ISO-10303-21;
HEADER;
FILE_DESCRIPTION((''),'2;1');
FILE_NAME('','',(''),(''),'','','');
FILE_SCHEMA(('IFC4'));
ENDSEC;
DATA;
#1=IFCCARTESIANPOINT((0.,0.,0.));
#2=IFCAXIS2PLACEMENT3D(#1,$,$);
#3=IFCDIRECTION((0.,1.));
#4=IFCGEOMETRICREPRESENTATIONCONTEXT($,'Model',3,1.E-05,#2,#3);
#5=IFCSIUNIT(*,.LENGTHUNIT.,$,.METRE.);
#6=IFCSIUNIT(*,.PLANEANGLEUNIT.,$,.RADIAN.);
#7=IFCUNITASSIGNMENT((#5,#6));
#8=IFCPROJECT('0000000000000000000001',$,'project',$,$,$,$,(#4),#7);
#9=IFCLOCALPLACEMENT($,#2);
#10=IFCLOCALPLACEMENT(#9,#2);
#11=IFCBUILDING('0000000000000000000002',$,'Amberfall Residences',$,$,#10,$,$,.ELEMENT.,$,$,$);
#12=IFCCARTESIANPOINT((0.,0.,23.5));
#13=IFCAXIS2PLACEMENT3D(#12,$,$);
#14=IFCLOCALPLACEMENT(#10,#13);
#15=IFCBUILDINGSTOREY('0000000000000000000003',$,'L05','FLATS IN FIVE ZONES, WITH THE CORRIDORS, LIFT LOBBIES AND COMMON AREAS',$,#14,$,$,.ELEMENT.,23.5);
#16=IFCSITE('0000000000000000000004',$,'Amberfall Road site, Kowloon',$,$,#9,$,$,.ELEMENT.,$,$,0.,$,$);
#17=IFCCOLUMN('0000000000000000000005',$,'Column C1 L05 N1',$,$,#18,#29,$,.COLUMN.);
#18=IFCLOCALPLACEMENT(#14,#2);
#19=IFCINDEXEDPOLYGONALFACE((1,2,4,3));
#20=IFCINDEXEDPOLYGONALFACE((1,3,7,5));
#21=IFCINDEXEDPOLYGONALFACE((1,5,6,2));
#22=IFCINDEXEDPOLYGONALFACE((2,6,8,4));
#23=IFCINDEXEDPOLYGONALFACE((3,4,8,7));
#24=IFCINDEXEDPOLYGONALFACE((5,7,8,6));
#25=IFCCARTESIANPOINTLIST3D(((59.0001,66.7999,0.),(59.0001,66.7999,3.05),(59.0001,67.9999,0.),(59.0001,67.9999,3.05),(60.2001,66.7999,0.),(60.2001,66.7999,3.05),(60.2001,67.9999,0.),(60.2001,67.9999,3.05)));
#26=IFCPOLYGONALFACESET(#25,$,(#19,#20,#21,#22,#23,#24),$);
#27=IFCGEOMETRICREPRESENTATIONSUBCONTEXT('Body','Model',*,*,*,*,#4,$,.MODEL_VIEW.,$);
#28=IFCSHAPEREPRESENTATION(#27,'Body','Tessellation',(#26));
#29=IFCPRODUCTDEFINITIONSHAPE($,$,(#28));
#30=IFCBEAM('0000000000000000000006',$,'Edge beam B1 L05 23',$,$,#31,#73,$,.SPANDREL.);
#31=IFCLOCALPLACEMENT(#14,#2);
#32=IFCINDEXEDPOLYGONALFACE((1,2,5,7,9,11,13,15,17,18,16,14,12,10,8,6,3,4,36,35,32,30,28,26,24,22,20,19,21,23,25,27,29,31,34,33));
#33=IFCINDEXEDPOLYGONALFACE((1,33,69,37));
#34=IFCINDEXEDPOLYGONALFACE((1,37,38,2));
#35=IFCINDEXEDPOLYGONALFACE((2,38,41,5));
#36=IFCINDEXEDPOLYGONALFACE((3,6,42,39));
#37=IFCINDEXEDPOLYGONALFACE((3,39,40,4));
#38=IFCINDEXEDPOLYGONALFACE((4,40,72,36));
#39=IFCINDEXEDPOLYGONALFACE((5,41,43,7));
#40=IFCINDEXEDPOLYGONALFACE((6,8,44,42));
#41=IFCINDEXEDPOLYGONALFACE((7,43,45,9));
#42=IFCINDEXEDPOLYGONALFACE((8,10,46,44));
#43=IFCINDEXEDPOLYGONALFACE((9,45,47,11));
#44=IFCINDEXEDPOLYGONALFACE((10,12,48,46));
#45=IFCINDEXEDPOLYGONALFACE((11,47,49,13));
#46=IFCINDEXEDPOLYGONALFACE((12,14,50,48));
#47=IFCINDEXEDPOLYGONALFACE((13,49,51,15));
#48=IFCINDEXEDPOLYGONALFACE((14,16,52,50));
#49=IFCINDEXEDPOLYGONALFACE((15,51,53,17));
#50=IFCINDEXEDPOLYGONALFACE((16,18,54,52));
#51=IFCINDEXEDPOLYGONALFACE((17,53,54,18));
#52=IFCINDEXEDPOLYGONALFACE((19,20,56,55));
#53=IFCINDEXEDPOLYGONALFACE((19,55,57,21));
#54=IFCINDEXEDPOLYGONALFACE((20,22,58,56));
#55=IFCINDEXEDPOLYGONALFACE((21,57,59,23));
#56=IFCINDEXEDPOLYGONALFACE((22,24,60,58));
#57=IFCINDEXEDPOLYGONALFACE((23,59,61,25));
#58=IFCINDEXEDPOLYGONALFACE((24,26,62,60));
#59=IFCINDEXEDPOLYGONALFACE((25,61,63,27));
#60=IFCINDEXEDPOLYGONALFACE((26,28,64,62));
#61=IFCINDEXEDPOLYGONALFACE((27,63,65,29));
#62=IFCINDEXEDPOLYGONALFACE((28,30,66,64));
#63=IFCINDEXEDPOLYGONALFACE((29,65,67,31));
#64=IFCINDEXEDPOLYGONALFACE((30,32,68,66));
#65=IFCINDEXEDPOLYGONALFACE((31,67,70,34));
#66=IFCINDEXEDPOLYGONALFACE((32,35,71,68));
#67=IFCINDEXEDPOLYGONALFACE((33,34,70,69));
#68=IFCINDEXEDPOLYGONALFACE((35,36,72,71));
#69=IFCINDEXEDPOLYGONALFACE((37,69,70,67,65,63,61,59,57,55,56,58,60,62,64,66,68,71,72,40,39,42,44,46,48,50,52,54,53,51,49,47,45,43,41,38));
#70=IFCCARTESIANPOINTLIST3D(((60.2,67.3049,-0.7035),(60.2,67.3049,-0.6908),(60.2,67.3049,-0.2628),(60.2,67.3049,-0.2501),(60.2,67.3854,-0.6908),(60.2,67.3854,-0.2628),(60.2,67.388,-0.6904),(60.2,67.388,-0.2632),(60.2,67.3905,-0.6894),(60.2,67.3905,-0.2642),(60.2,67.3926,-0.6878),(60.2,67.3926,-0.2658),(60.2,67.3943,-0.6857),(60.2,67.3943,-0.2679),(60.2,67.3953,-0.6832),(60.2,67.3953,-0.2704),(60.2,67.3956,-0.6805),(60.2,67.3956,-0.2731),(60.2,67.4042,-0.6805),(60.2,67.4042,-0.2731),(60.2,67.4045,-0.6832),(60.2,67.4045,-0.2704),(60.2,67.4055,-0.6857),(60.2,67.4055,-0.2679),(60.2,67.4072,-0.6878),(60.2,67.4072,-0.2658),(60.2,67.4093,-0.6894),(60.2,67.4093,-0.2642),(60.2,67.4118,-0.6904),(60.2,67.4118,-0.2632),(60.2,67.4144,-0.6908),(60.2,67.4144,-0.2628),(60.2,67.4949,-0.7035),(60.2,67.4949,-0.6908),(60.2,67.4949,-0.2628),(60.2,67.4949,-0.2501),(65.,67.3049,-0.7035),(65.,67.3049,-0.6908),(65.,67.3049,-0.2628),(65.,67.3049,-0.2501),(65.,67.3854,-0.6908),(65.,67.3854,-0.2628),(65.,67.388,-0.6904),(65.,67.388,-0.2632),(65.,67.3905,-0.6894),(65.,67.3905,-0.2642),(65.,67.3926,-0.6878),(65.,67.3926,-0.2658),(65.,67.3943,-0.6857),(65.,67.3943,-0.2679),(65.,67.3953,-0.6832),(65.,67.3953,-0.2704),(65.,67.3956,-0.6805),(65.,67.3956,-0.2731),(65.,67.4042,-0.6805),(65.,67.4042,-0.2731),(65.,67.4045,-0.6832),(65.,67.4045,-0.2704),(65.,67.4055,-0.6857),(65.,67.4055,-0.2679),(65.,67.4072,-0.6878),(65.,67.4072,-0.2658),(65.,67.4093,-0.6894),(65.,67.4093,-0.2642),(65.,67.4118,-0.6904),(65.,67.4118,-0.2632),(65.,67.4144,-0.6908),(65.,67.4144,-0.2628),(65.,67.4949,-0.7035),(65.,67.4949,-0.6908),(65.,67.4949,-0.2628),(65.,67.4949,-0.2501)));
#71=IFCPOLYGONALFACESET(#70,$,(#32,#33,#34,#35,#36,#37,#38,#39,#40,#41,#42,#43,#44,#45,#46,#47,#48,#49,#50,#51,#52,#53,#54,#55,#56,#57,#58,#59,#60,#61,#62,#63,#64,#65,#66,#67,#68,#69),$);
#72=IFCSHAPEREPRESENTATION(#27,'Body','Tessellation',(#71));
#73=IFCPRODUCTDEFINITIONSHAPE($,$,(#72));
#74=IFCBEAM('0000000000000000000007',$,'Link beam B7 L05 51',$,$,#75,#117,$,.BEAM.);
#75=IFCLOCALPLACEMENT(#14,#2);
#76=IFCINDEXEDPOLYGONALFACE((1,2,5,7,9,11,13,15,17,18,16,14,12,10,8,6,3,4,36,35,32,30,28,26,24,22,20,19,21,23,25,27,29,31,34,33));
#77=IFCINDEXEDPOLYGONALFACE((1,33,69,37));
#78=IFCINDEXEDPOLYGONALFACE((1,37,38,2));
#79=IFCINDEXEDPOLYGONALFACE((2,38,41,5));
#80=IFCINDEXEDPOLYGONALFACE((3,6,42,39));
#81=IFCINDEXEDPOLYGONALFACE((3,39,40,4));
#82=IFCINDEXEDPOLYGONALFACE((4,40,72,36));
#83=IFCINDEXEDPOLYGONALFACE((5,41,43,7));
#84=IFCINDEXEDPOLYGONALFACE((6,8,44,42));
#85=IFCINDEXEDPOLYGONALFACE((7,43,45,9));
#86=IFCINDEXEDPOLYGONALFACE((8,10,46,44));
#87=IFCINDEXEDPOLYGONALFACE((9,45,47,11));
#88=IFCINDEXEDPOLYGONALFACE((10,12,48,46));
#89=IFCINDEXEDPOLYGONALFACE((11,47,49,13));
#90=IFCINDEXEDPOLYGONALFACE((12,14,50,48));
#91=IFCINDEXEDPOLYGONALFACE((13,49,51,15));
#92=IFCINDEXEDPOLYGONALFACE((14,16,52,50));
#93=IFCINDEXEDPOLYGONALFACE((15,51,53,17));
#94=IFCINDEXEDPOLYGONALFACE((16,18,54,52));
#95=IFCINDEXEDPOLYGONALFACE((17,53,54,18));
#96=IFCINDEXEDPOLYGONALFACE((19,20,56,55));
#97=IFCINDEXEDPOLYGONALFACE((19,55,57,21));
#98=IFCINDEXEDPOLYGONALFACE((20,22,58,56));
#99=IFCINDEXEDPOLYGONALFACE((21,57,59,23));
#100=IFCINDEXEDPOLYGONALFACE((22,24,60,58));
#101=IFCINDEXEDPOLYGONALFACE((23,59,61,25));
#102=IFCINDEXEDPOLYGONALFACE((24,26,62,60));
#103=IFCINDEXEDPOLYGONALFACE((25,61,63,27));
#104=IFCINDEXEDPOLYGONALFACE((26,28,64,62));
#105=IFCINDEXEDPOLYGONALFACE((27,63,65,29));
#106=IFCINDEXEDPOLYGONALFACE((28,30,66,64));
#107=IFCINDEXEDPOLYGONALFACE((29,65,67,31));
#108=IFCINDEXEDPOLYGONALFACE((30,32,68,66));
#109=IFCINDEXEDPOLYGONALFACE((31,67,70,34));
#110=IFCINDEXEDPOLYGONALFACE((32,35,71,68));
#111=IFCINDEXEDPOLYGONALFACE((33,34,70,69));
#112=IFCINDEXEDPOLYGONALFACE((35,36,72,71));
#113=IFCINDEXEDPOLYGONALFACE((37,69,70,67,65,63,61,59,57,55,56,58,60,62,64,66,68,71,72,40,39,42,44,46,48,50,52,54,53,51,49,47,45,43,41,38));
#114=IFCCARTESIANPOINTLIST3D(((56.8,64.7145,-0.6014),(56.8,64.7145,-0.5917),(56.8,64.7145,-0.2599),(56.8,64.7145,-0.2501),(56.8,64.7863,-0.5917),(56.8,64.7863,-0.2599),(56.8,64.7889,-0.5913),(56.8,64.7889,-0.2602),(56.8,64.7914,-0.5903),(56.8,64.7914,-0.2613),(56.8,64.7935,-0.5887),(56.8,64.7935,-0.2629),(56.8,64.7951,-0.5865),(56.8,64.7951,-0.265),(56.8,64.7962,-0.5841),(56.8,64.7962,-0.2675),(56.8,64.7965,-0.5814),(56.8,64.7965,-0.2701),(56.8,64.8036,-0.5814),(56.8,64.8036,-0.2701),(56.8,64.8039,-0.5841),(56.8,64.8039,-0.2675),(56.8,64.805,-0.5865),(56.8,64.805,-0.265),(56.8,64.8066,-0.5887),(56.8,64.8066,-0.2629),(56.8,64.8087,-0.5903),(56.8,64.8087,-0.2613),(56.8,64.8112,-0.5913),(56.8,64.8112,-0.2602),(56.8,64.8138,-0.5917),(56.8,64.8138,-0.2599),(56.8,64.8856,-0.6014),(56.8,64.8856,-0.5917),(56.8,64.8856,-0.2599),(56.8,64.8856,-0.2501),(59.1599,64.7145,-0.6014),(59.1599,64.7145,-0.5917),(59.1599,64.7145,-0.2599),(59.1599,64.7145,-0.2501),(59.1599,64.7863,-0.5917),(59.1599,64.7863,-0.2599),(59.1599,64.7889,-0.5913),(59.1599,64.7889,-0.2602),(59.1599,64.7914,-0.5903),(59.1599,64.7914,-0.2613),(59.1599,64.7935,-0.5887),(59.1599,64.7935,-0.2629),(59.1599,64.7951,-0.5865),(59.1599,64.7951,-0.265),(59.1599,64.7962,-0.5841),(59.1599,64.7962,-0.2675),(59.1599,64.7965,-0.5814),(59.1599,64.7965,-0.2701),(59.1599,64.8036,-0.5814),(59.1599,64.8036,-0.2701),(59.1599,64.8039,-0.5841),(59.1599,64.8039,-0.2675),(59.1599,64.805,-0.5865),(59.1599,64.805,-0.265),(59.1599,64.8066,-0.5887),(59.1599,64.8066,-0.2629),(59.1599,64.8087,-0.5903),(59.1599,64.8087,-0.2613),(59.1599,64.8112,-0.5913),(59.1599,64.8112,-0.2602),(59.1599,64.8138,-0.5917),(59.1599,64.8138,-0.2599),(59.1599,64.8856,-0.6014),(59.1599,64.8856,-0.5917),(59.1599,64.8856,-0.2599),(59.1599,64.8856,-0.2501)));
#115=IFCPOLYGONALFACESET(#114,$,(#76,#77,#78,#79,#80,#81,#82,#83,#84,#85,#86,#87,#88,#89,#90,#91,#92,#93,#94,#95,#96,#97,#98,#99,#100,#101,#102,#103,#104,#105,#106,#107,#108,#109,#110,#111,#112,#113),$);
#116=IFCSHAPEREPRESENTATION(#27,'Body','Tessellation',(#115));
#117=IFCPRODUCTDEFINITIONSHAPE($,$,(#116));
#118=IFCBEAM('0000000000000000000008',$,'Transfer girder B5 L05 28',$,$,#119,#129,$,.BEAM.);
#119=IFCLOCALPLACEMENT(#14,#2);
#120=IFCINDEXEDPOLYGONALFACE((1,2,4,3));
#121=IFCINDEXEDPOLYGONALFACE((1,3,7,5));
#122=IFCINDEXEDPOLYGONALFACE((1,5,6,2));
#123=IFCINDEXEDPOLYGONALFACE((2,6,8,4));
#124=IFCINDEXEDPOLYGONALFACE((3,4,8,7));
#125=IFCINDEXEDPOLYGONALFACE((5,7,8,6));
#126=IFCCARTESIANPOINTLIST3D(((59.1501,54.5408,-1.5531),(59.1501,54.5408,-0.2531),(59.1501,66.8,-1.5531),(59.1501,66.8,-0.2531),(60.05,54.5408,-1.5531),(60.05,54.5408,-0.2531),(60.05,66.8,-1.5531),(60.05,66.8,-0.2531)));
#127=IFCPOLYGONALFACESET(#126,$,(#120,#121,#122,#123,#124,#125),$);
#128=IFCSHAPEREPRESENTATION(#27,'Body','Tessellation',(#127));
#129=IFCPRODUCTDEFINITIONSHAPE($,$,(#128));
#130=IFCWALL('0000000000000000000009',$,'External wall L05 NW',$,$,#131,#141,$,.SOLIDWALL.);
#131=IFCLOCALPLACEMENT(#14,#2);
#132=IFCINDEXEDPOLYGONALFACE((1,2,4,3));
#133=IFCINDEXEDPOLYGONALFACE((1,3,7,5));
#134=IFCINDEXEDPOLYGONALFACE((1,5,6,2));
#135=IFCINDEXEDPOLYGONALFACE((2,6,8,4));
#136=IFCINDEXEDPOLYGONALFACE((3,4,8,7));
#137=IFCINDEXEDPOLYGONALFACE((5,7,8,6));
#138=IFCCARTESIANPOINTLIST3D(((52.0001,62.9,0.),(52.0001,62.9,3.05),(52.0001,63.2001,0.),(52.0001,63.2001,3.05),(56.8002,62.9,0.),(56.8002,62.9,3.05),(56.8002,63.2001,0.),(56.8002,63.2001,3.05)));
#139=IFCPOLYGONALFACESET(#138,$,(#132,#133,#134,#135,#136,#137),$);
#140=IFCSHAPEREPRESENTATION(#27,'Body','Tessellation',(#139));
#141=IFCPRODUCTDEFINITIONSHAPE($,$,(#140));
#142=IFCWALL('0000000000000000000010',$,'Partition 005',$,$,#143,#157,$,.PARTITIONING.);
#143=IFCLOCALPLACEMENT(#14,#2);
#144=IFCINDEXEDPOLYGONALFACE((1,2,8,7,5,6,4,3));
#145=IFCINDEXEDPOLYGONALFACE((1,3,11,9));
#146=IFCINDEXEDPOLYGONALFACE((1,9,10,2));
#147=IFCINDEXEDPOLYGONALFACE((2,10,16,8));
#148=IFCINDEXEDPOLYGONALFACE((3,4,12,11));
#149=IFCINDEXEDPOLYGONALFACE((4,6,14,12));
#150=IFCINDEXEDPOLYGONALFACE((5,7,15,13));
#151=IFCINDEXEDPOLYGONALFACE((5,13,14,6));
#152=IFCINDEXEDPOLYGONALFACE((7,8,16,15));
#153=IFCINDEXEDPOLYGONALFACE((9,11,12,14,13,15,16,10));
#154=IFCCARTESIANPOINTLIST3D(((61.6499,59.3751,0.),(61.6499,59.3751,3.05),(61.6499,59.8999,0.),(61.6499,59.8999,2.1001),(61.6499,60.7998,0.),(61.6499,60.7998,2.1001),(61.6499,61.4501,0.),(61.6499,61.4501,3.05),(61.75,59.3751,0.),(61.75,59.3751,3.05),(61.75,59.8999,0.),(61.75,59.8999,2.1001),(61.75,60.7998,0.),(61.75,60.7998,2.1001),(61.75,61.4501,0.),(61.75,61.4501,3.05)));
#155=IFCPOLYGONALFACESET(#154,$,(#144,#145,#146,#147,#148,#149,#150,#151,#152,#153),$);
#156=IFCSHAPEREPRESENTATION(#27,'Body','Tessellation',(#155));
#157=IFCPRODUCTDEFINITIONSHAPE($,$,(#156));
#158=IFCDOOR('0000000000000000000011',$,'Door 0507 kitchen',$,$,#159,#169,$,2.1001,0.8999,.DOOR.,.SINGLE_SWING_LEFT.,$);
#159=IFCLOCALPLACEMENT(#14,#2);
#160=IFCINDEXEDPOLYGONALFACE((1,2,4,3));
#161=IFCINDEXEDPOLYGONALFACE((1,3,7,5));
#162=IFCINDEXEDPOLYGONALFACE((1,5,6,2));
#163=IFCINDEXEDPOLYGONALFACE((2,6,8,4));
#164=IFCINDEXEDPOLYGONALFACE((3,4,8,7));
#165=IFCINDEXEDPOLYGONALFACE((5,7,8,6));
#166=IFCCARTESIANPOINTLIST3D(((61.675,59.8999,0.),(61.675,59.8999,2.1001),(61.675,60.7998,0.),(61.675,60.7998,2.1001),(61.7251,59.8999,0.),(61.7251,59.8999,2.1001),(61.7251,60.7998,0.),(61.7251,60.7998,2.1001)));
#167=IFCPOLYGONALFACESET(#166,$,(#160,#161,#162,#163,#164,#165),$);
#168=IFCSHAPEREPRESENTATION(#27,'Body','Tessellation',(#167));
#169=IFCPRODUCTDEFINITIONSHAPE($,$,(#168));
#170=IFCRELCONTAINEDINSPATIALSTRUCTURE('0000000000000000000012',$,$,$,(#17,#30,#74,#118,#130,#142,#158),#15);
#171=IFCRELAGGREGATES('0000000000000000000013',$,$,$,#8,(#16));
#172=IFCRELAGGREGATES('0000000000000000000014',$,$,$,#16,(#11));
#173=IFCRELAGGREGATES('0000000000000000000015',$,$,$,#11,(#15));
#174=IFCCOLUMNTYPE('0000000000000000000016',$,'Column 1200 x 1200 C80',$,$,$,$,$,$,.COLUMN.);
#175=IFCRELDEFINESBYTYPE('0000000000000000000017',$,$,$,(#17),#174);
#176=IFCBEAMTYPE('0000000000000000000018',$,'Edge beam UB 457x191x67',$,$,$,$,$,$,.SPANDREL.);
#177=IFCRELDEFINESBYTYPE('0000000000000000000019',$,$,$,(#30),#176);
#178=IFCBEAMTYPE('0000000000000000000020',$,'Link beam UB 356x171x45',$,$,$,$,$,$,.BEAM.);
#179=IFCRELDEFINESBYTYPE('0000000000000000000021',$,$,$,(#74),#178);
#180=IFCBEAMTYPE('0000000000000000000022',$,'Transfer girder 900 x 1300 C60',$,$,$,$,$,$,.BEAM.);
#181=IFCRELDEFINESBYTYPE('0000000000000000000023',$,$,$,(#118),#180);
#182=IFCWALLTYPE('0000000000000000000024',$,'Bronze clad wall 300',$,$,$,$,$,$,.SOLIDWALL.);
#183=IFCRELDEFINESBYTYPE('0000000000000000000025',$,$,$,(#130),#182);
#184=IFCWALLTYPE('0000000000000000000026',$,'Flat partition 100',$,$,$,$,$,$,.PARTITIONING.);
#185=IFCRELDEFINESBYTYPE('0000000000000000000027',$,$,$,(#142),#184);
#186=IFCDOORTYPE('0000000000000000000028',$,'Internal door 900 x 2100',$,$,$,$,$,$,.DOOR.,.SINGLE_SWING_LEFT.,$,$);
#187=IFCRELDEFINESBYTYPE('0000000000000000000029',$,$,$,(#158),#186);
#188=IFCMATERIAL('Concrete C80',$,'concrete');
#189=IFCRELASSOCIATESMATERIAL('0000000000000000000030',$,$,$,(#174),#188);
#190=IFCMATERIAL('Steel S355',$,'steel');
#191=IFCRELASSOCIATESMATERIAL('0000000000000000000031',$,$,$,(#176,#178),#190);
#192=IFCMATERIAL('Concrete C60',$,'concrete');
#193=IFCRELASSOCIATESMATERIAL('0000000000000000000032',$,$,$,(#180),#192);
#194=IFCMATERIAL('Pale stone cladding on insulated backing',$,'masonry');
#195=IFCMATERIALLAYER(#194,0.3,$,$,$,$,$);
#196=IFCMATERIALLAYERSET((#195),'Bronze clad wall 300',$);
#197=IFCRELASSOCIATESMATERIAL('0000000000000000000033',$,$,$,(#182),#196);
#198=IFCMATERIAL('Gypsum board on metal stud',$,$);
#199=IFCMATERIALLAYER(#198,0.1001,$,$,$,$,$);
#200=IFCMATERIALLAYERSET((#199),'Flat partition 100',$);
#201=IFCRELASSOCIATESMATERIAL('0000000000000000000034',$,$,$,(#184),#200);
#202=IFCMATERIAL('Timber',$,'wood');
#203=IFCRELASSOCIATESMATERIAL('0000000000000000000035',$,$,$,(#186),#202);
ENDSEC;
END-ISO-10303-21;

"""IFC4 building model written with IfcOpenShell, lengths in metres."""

from ifc_helpers import new_model, si_unit, direction, frame, frame_2d, origin, origin_2d, place, context, subcontext, project, spatial, rectangle, i_section, extrude, material, layer, layer_set, material_profile, profile_set, type_object, element, fill, save


model = new_model("IFC4")

# Units and contexts
model_context = context("Model", 3, precision=1e-05, world=origin(), true_north=direction((0.0, 1.0)))
body_context = subcontext(model_context, "Body", "Model", "MODEL_VIEW")
ifc_project = project(units=[si_unit("LENGTHUNIT", "METRE"), si_unit("PLANEANGLEUNIT", "RADIAN")], contexts=[model_context])

# Site, building, storey
site_placement = place(None, origin())
site = spatial("IfcSite", under=ifc_project, at=site_placement, Name="Amberfall Road site, Kowloon", CompositionType="ELEMENT", RefElevation=0.0)
building_placement = place(site_placement, origin())
building = spatial("IfcBuilding", under=site, at=building_placement, Name="Amberfall Residences", CompositionType="ELEMENT")
storey_placement = place(building_placement, frame((0.0, 0.0, 23.5)))
storey = spatial("IfcBuildingStorey", under=building, at=storey_placement, Name="L05", Description="FLATS IN FIVE ZONES, WITH THE CORRIDORS, LIFT LOBBIES AND COMMON AREAS", CompositionType="ELEMENT", Elevation=23.5)

# Column
ifc_material_1 = material(Name="Concrete C80", Category="concrete")
ifc_material_profile_1 = material_profile(ifc_material_1, rectangle(XDim=1.2, YDim=1.2, at=origin_2d()), Name="Column 1200 x 1200 C80")
ifc_profile_set_1 = profile_set([ifc_material_profile_1], Name="Concrete C80")
column_type = type_object("IfcColumnType", Name="Column 1200 x 1200 C80", PredefinedType="COLUMN", material=ifc_profile_set_1)
column_placement = place(storey_placement, frame((59.6001, 67.3999, 0.0), z_axis=(0.0, 0.0, 1.0), x_axis=(1.0, 0.0, 0.0)))
element("IfcColumn", 1, at=column_placement, inside=storey, type_object=column_type, Name="Column C1 L05 N1", PredefinedType="COLUMN", context=body_context, shape_type="SweptSolid", body=[
    extrude(rectangle(XDim=1.2, YDim=1.2, at=origin_2d()), origin(), (0.0, 0.0, 1.0), 3.05),
])

# Beams
ifc_material_2 = material(Name="Steel S355", Category="steel")
ifc_material_profile_2 = material_profile(ifc_material_2, i_section(OverallWidth=0.1899, OverallDepth=0.4534, WebThickness=0.0085, FlangeThickness=0.0127, FilletRadius=0.0103, at=origin_2d()), Name="UB 457x191x67")
ifc_profile_set_2 = profile_set([ifc_material_profile_2], Name="Steel S355")
beam_type_1 = type_object("IfcBeamType", Name="Edge beam UB 457x191x67", PredefinedType="SPANDREL", material=ifc_profile_set_2)
beam_1_placement = place(storey_placement, frame((60.2, 67.3999, -0.4768), z_axis=(1.0, 0.0, 0.0), x_axis=(0.0, 1.0, 0.0)))
element("IfcBeam", 2, at=beam_1_placement, inside=storey, type_object=beam_type_1, Name="Edge beam B1 L05 23", PredefinedType="SPANDREL", context=body_context, shape_type="SweptSolid", body=[
    extrude(i_section(OverallWidth=0.1899, OverallDepth=0.4534, WebThickness=0.0085, FlangeThickness=0.0127, FilletRadius=0.0103, at=origin_2d()), origin(), (0.0, 0.0, 1.0), 4.8),
])
ifc_material_profile_3 = material_profile(ifc_material_2, i_section(OverallWidth=0.1711, OverallDepth=0.3513, WebThickness=0.0071, FlangeThickness=0.0098, FilletRadius=0.0103, at=origin_2d()), Name="UB 356x171x45")
ifc_profile_set_3 = profile_set([ifc_material_profile_3], Name="Steel S355")
beam_type_2 = type_object("IfcBeamType", Name="Link beam UB 356x171x45", PredefinedType="BEAM", material=ifc_profile_set_3)
beam_2_placement = place(storey_placement, frame((56.8, 64.8, -0.4258), z_axis=(1.0, 0.0, 0.0), x_axis=(0.0, 1.0, 0.0)))
element("IfcBeam", 3, at=beam_2_placement, inside=storey, type_object=beam_type_2, Name="Link beam B7 L05 51", PredefinedType="BEAM", context=body_context, shape_type="SweptSolid", body=[
    extrude(i_section(OverallWidth=0.1711, OverallDepth=0.3513, WebThickness=0.0071, FlangeThickness=0.0098, FilletRadius=0.0103, at=origin_2d()), origin(), (0.0, 0.0, 1.0), 2.3599),
])
ifc_material_3 = material(Name="Concrete C60", Category="concrete")
ifc_material_profile_4 = material_profile(ifc_material_3, rectangle(XDim=0.8999, YDim=1.3, at=origin_2d()), Name="Transfer girder 900 x 1300 C60")
ifc_profile_set_4 = profile_set([ifc_material_profile_4], Name="Concrete C60")
beam_type_3 = type_object("IfcBeamType", Name="Transfer girder 900 x 1300 C60", PredefinedType="BEAM", material=ifc_profile_set_4)
beam_3_placement = place(storey_placement, frame((59.6001, 66.8, -0.9031), z_axis=(0.0, -1.0, 0.0), x_axis=(1.0, 0.0, 0.0)))
element("IfcBeam", 4, at=beam_3_placement, inside=storey, type_object=beam_type_3, Name="Transfer girder B5 L05 28", PredefinedType="BEAM", context=body_context, shape_type="SweptSolid", body=[
    extrude(rectangle(XDim=0.8999, YDim=1.3, at=origin_2d()), origin(), (0.0, 0.0, 1.0), 12.2593),
])

# Wall
ifc_material_4 = material(Name="Pale stone cladding on insulated backing", Category="masonry")
ifc_layer_1 = layer(ifc_material_4, 0.3)
ifc_layer_set_1 = layer_set([ifc_layer_1], Name="Bronze clad wall 300")
wall_type_1 = type_object("IfcWallType", Name="Bronze clad wall 300", PredefinedType="SOLIDWALL", material=ifc_layer_set_1)
wall_1_placement = place(storey_placement, frame((56.8, 63.05, 0.0), z_axis=(0.0, 0.0, 1.0), x_axis=(-1.0, 0.0, 0.0)))
element("IfcWall", 5, at=wall_1_placement, inside=storey, type_object=wall_type_1, Name="External wall L05 NW", PredefinedType="SOLIDWALL", context=body_context, shape_type="SweptSolid", body=[
    extrude(rectangle(XDim=4.8, YDim=0.3, at=frame_2d((2.3999, 0.0))), origin(), (0.0, 0.0, 1.0), 3.05),
])

# Wall, opening, door
ifc_material_5 = material(Name="Gypsum board on metal stud")
ifc_layer_2 = layer(ifc_material_5, 0.1001)
ifc_layer_set_2 = layer_set([ifc_layer_2], Name="Flat partition 100")
wall_type_2 = type_object("IfcWallType", Name="Flat partition 100", PredefinedType="PARTITIONING", material=ifc_layer_set_2)
wall_2_placement = place(storey_placement, frame((61.7, 59.375, 0.0), z_axis=(0.0, 0.0, 1.0), x_axis=(0.0, 1.0, 0.0)))
wall_2 = element("IfcWall", 6, at=wall_2_placement, inside=storey, type_object=wall_type_2, Name="Partition 005", PredefinedType="PARTITIONING", context=body_context, shape_type="SweptSolid", body=[
    extrude(rectangle(XDim=2.075, YDim=0.1001, at=frame_2d((1.0376, 0.0))), origin(), (0.0, 0.0, 1.0), 3.05),
])
opening_1_placement = place(wall_2_placement, frame((0.5249, 0.0, 0.0)))
opening_1 = element("IfcOpeningElement", 7, at=opening_1_placement, cuts=wall_2, PredefinedType="OPENING", context=body_context, shape_type="SweptSolid", body=[
    extrude(rectangle(XDim=0.8999, YDim=2.1001, at=frame_2d((0.45, 1.05))), frame((0.0, 0.0601, 0.0), z_axis=(0.0, -1.0, 0.0), x_axis=(1.0, 0.0, 0.0)), (0.0, 0.0, 1.0), 0.1201),
])
ifc_material_6 = material(Name="Timber", Category="wood")
door_type_1 = type_object("IfcDoorType", Name="Internal door 900 x 2100", OperationType="SINGLE_SWING_LEFT", PredefinedType="DOOR", material=ifc_material_6)
door_1_placement = place(opening_1_placement, origin())
door_1 = element("IfcDoor", 8, at=door_1_placement, inside=storey, type_object=door_type_1, Name="Door 0507 kitchen", OperationType="SINGLE_SWING_LEFT", OverallHeight=2.1001, OverallWidth=0.8999, PredefinedType="DOOR", context=body_context, shape_type="SweptSolid", body=[
    extrude(rectangle(XDim=0.8999, YDim=2.1001, at=frame_2d((0.45, 1.05))), frame((0.0, 0.0249, 0.0), z_axis=(0.0, -1.0, 0.0), x_axis=(1.0, 0.0, 0.0)), (0.0, 0.0, 1.0), 0.05),
])
fill(opening_1, door_1)

save(model, "model.ifc")
